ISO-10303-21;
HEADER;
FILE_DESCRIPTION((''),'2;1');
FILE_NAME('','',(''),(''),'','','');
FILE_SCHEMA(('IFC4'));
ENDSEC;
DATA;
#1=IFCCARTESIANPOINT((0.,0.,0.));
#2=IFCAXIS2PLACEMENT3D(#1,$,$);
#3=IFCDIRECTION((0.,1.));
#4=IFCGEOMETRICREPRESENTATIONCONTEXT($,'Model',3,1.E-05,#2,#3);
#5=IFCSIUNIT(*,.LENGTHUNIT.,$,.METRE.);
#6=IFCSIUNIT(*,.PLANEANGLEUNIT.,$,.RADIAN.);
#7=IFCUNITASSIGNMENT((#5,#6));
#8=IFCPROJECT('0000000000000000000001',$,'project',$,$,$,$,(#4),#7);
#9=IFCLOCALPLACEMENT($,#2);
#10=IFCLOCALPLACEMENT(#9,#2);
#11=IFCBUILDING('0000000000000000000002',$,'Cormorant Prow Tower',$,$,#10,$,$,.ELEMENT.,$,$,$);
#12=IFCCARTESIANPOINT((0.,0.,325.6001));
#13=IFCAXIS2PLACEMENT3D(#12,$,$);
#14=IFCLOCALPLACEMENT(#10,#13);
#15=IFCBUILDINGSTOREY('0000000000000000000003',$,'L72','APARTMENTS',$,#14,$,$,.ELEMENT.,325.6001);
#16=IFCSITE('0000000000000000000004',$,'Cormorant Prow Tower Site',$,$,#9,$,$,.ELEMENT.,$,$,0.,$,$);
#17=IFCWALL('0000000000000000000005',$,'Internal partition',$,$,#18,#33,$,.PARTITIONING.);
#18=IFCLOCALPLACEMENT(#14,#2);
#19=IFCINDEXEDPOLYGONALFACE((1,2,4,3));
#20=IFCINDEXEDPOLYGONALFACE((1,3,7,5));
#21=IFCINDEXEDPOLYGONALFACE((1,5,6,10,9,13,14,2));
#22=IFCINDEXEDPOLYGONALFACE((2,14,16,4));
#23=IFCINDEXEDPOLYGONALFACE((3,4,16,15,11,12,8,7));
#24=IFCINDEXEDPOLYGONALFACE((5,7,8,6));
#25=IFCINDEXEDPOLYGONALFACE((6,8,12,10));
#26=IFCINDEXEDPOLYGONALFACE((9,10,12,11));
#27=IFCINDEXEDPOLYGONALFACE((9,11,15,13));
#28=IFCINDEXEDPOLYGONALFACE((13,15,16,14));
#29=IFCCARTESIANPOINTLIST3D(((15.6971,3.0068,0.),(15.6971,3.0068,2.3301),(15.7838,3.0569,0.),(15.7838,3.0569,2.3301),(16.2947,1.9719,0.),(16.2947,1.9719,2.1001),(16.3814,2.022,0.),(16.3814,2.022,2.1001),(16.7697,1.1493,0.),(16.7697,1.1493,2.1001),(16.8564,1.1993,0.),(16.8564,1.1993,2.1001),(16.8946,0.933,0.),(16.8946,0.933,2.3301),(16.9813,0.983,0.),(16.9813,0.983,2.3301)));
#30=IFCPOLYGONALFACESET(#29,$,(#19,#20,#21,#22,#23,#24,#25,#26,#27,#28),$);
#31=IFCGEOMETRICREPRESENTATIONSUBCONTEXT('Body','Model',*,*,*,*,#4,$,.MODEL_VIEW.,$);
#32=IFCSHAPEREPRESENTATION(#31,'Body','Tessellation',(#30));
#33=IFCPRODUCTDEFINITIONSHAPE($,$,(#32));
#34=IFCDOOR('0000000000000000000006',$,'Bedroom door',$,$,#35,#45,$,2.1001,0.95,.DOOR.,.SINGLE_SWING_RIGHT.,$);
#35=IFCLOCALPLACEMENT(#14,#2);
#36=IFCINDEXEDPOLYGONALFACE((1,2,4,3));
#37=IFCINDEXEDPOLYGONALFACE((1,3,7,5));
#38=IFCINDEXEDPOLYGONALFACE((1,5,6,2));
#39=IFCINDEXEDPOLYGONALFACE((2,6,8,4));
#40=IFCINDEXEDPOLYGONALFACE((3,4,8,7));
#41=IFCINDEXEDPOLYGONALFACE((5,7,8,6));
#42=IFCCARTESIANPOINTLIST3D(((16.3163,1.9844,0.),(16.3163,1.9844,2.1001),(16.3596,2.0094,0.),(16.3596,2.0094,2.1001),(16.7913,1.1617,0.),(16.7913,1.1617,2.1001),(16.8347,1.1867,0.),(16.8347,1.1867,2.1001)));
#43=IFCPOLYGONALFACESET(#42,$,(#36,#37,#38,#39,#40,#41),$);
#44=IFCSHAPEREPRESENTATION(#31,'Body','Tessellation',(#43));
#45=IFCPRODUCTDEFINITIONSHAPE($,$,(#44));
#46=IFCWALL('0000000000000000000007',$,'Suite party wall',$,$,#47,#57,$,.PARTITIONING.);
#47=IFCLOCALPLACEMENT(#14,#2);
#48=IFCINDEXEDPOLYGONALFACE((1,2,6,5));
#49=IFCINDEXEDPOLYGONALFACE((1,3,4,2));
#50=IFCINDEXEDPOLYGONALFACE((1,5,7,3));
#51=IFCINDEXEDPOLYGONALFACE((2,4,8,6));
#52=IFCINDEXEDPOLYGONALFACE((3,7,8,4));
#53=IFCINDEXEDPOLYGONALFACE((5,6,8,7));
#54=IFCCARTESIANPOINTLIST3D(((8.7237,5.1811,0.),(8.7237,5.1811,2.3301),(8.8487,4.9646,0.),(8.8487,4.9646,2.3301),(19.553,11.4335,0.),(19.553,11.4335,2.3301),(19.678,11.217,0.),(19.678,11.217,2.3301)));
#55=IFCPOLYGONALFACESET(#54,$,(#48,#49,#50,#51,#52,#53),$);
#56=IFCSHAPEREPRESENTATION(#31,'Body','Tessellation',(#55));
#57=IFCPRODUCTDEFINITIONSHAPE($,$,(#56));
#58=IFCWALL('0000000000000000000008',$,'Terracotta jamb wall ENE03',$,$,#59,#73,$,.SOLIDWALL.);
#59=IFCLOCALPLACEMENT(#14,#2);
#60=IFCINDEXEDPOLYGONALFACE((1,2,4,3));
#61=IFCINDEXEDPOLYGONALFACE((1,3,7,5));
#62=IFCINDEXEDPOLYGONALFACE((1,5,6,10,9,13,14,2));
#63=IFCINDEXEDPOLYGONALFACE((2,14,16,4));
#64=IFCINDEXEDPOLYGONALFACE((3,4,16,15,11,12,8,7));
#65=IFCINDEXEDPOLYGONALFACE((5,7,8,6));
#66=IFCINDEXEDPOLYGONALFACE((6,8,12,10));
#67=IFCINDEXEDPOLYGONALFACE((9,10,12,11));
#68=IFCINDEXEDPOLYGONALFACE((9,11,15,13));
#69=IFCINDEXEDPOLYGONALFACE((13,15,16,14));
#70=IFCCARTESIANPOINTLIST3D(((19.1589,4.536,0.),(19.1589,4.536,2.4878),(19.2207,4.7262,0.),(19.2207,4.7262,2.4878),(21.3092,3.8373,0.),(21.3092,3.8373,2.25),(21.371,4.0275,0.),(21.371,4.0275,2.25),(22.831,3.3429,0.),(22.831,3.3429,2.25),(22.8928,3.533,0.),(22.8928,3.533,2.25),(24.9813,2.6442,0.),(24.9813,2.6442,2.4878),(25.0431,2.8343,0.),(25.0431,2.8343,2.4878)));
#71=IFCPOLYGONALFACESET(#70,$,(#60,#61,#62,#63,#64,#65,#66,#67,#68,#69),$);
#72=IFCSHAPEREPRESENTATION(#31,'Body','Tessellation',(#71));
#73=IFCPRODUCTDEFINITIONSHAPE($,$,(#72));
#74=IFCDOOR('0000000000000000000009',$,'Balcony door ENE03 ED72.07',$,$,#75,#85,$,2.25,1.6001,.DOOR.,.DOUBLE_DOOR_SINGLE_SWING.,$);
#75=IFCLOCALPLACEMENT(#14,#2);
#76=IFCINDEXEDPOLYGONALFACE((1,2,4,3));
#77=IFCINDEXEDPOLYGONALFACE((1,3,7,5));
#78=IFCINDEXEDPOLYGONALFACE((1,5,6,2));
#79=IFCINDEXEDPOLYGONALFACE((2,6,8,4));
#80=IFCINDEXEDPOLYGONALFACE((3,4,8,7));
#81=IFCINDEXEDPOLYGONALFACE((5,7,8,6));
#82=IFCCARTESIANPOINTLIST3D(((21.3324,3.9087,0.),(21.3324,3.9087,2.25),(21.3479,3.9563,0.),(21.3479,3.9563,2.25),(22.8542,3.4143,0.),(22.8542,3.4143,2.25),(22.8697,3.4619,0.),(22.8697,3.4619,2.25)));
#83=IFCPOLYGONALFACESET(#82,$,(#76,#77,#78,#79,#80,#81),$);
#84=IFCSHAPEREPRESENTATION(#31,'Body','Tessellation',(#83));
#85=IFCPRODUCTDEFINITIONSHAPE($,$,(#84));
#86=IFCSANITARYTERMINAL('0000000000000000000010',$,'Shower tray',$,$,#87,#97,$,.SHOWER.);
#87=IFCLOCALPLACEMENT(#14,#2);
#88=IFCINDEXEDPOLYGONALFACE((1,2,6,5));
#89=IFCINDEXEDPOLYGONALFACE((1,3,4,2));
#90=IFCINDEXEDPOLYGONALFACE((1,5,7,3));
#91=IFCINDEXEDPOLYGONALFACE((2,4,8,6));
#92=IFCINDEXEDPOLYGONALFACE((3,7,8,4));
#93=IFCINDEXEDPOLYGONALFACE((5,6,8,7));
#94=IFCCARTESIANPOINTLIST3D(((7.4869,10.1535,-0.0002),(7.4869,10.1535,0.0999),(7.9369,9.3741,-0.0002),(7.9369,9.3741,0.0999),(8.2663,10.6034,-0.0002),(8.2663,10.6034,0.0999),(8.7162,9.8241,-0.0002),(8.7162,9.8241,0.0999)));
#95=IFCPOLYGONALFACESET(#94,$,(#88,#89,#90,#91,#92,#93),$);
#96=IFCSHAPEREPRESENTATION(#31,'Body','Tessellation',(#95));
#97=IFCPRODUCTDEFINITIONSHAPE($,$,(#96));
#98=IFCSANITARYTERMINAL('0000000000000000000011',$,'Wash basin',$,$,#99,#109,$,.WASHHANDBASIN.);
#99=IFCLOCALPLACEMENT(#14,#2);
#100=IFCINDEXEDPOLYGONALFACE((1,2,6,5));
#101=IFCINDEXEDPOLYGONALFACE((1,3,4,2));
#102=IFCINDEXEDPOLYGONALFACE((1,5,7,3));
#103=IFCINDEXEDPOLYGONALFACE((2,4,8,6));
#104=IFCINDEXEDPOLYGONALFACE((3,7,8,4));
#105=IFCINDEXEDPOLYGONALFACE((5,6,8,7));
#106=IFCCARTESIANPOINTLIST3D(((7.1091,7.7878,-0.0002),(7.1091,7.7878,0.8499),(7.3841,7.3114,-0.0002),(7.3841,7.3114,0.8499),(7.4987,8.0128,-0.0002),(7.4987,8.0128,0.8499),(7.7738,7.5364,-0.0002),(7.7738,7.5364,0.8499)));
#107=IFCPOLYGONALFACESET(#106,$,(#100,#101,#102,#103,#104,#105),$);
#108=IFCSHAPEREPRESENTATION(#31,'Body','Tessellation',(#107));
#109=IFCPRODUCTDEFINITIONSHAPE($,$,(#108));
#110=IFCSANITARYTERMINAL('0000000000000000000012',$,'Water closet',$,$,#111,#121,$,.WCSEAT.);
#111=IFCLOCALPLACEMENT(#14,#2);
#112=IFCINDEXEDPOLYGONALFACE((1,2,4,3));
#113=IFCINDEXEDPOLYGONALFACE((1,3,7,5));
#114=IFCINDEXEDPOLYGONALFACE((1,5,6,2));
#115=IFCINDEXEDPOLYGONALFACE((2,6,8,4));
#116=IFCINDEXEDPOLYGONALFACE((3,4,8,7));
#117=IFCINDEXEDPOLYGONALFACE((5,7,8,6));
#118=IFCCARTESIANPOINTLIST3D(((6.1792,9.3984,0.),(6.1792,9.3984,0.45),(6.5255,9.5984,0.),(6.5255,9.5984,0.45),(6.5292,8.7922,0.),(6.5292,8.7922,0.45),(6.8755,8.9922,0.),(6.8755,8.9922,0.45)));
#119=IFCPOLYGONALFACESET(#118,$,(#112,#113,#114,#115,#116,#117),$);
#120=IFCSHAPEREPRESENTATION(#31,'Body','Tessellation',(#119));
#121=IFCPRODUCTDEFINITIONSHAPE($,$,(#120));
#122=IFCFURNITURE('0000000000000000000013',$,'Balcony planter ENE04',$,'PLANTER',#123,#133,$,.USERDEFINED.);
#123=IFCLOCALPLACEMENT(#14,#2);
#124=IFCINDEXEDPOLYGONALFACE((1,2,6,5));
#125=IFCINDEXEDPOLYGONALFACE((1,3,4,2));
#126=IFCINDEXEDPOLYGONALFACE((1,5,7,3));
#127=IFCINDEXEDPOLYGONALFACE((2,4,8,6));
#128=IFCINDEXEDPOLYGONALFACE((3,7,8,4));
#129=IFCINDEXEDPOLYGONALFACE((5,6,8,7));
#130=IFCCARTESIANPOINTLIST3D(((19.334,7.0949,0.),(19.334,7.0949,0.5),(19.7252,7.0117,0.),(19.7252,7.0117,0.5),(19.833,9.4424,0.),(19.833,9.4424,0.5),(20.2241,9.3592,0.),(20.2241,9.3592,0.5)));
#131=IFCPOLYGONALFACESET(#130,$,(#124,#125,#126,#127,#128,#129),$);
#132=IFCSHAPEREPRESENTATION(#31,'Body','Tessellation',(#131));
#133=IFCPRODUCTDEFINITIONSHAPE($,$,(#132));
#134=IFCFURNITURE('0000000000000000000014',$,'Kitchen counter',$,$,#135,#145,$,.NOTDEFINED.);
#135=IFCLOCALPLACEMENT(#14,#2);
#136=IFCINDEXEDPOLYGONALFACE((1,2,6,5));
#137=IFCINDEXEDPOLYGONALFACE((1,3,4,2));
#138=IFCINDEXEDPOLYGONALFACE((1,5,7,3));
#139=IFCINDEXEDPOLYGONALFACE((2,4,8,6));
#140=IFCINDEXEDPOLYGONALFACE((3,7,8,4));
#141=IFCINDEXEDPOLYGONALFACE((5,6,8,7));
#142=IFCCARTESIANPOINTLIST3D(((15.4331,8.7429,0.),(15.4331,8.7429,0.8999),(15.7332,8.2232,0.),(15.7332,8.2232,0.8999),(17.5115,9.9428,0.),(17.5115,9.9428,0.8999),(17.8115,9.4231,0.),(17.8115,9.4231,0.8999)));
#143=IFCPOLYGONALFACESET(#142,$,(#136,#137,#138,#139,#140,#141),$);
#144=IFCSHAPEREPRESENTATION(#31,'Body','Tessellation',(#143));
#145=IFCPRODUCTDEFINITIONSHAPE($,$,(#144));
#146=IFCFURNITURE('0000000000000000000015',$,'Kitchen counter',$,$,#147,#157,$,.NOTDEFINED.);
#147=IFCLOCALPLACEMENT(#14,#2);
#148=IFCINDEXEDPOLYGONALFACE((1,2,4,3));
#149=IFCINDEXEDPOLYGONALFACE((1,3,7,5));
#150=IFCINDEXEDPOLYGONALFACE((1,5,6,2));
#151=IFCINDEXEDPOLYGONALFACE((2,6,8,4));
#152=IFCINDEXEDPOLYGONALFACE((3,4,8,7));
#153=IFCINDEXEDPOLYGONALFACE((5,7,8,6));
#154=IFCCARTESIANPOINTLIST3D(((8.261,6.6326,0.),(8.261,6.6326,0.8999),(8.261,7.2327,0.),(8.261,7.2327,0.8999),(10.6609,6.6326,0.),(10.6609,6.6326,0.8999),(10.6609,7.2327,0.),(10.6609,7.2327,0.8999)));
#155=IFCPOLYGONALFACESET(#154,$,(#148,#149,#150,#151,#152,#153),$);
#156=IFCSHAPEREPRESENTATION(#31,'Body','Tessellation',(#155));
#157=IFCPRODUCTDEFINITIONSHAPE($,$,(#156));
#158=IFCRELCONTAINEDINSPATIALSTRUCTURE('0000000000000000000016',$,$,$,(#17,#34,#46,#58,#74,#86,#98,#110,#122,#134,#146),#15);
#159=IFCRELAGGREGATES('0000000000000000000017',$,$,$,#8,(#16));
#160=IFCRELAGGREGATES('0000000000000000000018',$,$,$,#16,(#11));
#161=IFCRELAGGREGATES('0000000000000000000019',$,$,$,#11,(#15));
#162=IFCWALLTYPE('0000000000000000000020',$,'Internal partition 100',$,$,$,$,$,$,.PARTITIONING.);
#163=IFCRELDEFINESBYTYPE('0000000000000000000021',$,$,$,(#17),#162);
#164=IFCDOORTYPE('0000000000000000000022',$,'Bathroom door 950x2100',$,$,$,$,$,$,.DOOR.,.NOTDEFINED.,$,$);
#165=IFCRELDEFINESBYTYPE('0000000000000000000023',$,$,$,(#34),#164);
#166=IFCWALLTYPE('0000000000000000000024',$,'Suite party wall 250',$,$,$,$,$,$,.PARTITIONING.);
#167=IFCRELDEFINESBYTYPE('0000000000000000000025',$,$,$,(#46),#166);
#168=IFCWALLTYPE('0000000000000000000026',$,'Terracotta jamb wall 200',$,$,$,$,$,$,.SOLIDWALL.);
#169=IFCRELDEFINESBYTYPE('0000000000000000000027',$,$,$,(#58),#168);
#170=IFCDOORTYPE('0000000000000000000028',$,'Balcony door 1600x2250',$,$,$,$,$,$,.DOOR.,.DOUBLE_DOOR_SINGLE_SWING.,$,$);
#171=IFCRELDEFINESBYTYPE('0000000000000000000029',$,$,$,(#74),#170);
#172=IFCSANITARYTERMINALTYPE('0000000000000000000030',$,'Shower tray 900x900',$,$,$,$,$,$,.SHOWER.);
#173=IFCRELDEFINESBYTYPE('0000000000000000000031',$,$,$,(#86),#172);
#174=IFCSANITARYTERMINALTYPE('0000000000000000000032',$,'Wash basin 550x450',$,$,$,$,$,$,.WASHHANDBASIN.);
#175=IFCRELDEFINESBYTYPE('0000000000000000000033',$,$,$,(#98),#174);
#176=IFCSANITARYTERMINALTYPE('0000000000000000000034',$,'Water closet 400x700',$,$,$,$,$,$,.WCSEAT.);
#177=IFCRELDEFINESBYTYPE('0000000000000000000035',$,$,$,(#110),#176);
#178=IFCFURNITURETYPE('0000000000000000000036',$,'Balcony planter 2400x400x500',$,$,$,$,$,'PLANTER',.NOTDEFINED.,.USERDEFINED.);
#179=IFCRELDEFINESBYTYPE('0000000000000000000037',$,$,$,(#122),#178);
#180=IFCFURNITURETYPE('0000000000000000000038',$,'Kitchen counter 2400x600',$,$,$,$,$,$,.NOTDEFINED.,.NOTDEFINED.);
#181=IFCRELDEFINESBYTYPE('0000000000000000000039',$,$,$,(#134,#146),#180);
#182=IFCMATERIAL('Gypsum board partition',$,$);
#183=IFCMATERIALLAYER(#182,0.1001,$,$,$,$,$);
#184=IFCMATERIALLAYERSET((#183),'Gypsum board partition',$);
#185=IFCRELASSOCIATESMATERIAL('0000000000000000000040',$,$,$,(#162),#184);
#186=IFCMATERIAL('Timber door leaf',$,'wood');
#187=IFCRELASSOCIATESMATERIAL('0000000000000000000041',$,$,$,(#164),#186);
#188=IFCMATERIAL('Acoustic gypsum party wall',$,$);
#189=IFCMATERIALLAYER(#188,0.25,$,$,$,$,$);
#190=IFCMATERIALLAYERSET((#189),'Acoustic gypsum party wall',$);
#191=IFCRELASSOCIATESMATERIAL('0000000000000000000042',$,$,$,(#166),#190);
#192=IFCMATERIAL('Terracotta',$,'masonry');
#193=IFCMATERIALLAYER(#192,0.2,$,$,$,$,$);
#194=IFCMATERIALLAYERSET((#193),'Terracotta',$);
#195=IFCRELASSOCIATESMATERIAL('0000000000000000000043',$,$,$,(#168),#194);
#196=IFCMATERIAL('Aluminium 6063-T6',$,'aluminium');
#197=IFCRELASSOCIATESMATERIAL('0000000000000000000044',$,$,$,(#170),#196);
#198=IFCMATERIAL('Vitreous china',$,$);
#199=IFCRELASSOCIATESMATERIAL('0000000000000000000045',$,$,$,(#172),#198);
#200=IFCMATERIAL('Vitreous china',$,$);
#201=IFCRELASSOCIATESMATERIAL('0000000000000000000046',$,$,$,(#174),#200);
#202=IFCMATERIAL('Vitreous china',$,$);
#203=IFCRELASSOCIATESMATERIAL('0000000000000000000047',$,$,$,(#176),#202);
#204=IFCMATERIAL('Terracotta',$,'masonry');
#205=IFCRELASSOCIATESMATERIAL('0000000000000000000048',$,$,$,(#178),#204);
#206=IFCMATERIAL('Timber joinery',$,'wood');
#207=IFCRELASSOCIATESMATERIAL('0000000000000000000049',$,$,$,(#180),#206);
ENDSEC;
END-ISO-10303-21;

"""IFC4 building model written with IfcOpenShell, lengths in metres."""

from ifc_helpers import new_model, si_unit, direction, frame, frame_2d, origin, origin_2d, place, context, subcontext, project, spatial, rectangle, extrude, material, layer, layer_set, type_object, element, fill, save


model = new_model("IFC4")

# Units and contexts
model_context = context("Model", 3, precision=1e-05, world=origin(), true_north=direction((0.0, 1.0)))
body_context = subcontext(model_context, "Body", "Model", "MODEL_VIEW")
ifc_project = project(units=[si_unit("LENGTHUNIT", "METRE"), si_unit("PLANEANGLEUNIT", "RADIAN")], contexts=[model_context])

# Site, building, storey
site_placement = place(None, origin())
site = spatial("IfcSite", under=ifc_project, at=site_placement, Name="Cormorant Prow Tower Site", CompositionType="ELEMENT", RefElevation=0.0)
building_placement = place(site_placement, origin())
building = spatial("IfcBuilding", under=site, at=building_placement, Name="Cormorant Prow Tower", CompositionType="ELEMENT")
storey_placement = place(building_placement, frame((0.0, 0.0, 325.6001)))
storey = spatial("IfcBuildingStorey", under=building, at=storey_placement, Name="L72", Description="APARTMENTS", CompositionType="ELEMENT", Elevation=325.6001)

# Shared definitions
ifc_material_1 = material(Name="Gypsum board partition")
ifc_layer_1 = layer(ifc_material_1, 0.1001)
ifc_layer_set_1 = layer_set([ifc_layer_1], Name="Gypsum board partition")
wall_type_1 = type_object("IfcWallType", Name="Internal partition 100", PredefinedType="PARTITIONING", material=ifc_layer_set_1)
ifc_material_2 = material(Name="Timber door leaf", Category="wood")
door_type_1 = type_object("IfcDoorType", Name="Bathroom door 950x2100", OperationType="NOTDEFINED", PredefinedType="DOOR", material=ifc_material_2)

# Wall, opening, door
wall_1_placement = place(storey_placement, frame((15.7405, 3.0317, 0.0), z_axis=(0.0, 0.0, 1.0), x_axis=(0.500075, -0.865982, 0.0)))
wall_1 = element("IfcWall", 1, at=wall_1_placement, inside=storey, type_object=wall_type_1, Name="Internal partition", PredefinedType="PARTITIONING", context=body_context, shape_type="SweptSolid", body=[
    extrude(rectangle(XDim=2.3948, YDim=0.1001, at=frame_2d((1.1973, 0.0))), origin(), (0.0, 0.0, 1.0), 2.3301),
])
opening_1_placement = place(wall_1_placement, frame((1.1948, 0.0, 0.0)))
opening_1 = element("IfcOpeningElement", 2, at=opening_1_placement, cuts=wall_1, PredefinedType="OPENING", context=body_context, shape_type="SweptSolid", body=[
    extrude(rectangle(XDim=0.95, YDim=2.1001, at=frame_2d((0.4751, 1.05))), frame((0.0, 0.0601, 0.0), z_axis=(0.0, -1.0, 0.0), x_axis=(1.0, 0.0, 0.0)), (0.0, 0.0, 1.0), 0.1201),
])
door_1_placement = place(opening_1_placement, origin())
door_1 = element("IfcDoor", 3, at=door_1_placement, inside=storey, type_object=door_type_1, Name="Bedroom door", OperationType="SINGLE_SWING_RIGHT", OverallHeight=2.1001, OverallWidth=0.95, PredefinedType="DOOR", context=body_context, shape_type="SweptSolid", body=[
    extrude(rectangle(XDim=0.95, YDim=2.1001, at=frame_2d((0.4751, 1.05))), frame((0.0, 0.0249, 0.0), z_axis=(0.0, -1.0, 0.0), x_axis=(1.0, 0.0, 0.0)), (0.0, 0.0, 1.0), 0.05),
])
fill(opening_1, door_1)

# Wall
ifc_material_3 = material(Name="Acoustic gypsum party wall")
ifc_layer_2 = layer(ifc_material_3, 0.25)
ifc_layer_set_2 = layer_set([ifc_layer_2], Name="Acoustic gypsum party wall")
wall_type_2 = type_object("IfcWallType", Name="Suite party wall 250", PredefinedType="PARTITIONING", material=ifc_layer_set_2)
wall_2_placement = place(storey_placement, frame((8.7861, 5.0728, 0.0), z_axis=(0.0, 0.0, 1.0), x_axis=(0.866021, 0.500007, 0.0)))
element("IfcWall", 4, at=wall_2_placement, inside=storey, type_object=wall_type_2, Name="Suite party wall", PredefinedType="PARTITIONING", context=body_context, shape_type="SweptSolid", body=[
    extrude(rectangle(XDim=12.5046, YDim=0.25, at=frame_2d((6.2524, 0.0))), origin(), (0.0, 0.0, 1.0), 2.3301),
])

# Wall, opening, door
ifc_material_4 = material(Name="Terracotta", Category="masonry")
ifc_layer_3 = layer(ifc_material_4, 0.2)
ifc_layer_set_3 = layer_set([ifc_layer_3], Name="Terracotta")
wall_type_3 = type_object("IfcWallType", Name="Terracotta jamb wall 200", PredefinedType="SOLIDWALL", material=ifc_layer_set_3)
wall_3_placement = place(storey_placement, frame((25.0122, 2.7393, 0.0), z_axis=(0.0, 0.0, 1.0), x_axis=(-0.951057, 0.309017, 0.0)))
wall_3 = element("IfcWall", 5, at=wall_3_placement, inside=storey, type_object=wall_type_3, Name="Terracotta jamb wall ENE03", PredefinedType="SOLIDWALL", context=body_context, shape_type="SweptSolid", body=[
    extrude(rectangle(XDim=6.1221, YDim=0.2, at=frame_2d((3.061, 0.0))), origin(), (0.0, 0.0, 1.0), 2.4878),
])
opening_2_placement = place(wall_3_placement, frame((2.261, 0.0, 0.0)))
opening_2 = element("IfcOpeningElement", 6, at=opening_2_placement, cuts=wall_3, PredefinedType="OPENING", context=body_context, shape_type="SweptSolid", body=[
    extrude(rectangle(XDim=1.6001, YDim=2.25, at=frame_2d((0.8, 1.125))), frame((0.0, 0.1099, 0.0), z_axis=(0.0, -1.0, 0.0), x_axis=(1.0, 0.0, 0.0)), (0.0, 0.0, 1.0), 0.22),
])
ifc_material_5 = material(Name="Aluminium 6063-T6", Category="aluminium")
door_type_2 = type_object("IfcDoorType", Name="Balcony door 1600x2250", OperationType="DOUBLE_DOOR_SINGLE_SWING", PredefinedType="DOOR", material=ifc_material_5)
door_2_placement = place(opening_2_placement, origin())
door_2 = element("IfcDoor", 7, at=door_2_placement, inside=storey, type_object=door_type_2, Name="Balcony door ENE03 ED72.07", OperationType="DOUBLE_DOOR_SINGLE_SWING", OverallHeight=2.25, OverallWidth=1.6001, PredefinedType="DOOR", context=body_context, shape_type="SweptSolid", body=[
    extrude(rectangle(XDim=1.6001, YDim=2.25, at=frame_2d((0.8, 1.125))), frame((0.0, 0.0249, 0.0), z_axis=(0.0, -1.0, 0.0), x_axis=(1.0, 0.0, 0.0)), (0.0, 0.0, 1.0), 0.05),
])
fill(opening_2, door_2)

# Sanitary terminals
ifc_material_6 = material(Name="Vitreous china")
sanitary_terminal_type_1 = type_object("IfcSanitaryTerminalType", Name="Shower tray 900x900", PredefinedType="SHOWER", material=ifc_material_6)
sanitary_terminal_1_placement = place(storey_placement, frame((8.1016, 9.9888, -0.0002), z_axis=(0.0, 0.0, 1.0), x_axis=(0.5, -0.866025, 0.0)))
element("IfcSanitaryTerminal", 8, at=sanitary_terminal_1_placement, inside=storey, type_object=sanitary_terminal_type_1, Name="Shower tray", PredefinedType="SHOWER", context=body_context, shape_type="SweptSolid", body=[
    extrude(rectangle(XDim=0.8999, YDim=0.8999, at=origin_2d()), origin(), (0.0, 0.0, 1.0), 0.1001),
])
ifc_material_7 = material(Name="Vitreous china")
sanitary_terminal_type_2 = type_object("IfcSanitaryTerminalType", Name="Wash basin 550x450", PredefinedType="WASHHANDBASIN", material=ifc_material_7)
sanitary_terminal_2_placement = place(storey_placement, frame((7.4414, 7.6621, -0.0002), z_axis=(0.0, 0.0, 1.0), x_axis=(-0.5, 0.866025, 0.0)))
element("IfcSanitaryTerminal", 9, at=sanitary_terminal_2_placement, inside=storey, type_object=sanitary_terminal_type_2, Name="Wash basin", PredefinedType="WASHHANDBASIN", context=body_context, shape_type="SweptSolid", body=[
    extrude(rectangle(XDim=0.55, YDim=0.45, at=origin_2d()), origin(), (0.0, 0.0, 1.0), 0.8501),
])
ifc_material_8 = material(Name="Vitreous china")
sanitary_terminal_type_3 = type_object("IfcSanitaryTerminalType", Name="Water closet 400x700", PredefinedType="WCSEAT", material=ifc_material_8)
sanitary_terminal_3_placement = place(storey_placement, frame((6.5273, 9.1953, 0.0), z_axis=(0.0, 0.0, 1.0), x_axis=(0.866025, 0.5, 0.0)))
element("IfcSanitaryTerminal", 10, at=sanitary_terminal_3_placement, inside=storey, type_object=sanitary_terminal_type_3, Name="Water closet", PredefinedType="WCSEAT", context=body_context, shape_type="SweptSolid", body=[
    extrude(rectangle(XDim=0.3999, YDim=0.7, at=origin_2d()), origin(), (0.0, 0.0, 1.0), 0.45),
])

# Furniture
ifc_material_9 = material(Name="Terracotta", Category="masonry")
furniture_type_1 = type_object("IfcFurnitureType", Name="Balcony planter 2400x400x500", ElementType="PLANTER", AssemblyPlace="NOTDEFINED", PredefinedType="USERDEFINED", material=ifc_material_9)
furniture_placement = place(storey_placement, frame((19.7791, 8.2271, 0.0), z_axis=(0.0, 0.0, 1.0), x_axis=(0.207912, 0.978148, 0.0)))
element("IfcFurniture", 11, at=furniture_placement, inside=storey, type_object=furniture_type_1, Name="Balcony planter ENE04", ObjectType="PLANTER", PredefinedType="USERDEFINED", context=body_context, shape_type="SweptSolid", body=[
    extrude(rectangle(XDim=2.3999, YDim=0.3999, at=origin_2d()), origin(), (0.0, 0.0, 1.0), 0.5),
])
ifc_material_10 = material(Name="Timber joinery", Category="wood")
furniture_type_2 = type_object("IfcFurnitureType", Name="Kitchen counter 2400x600", AssemblyPlace="NOTDEFINED", PredefinedType="NOTDEFINED", material=ifc_material_10)
for number, where, z_axis, x_axis, name in (
    (12, (16.6223, 9.083, 0.0), (0.0, 0.0, 1.0), (0.866025, 0.5, 0.0), "Kitchen counter"),
    (13, (9.4609, 6.9326, 0.0), (0.0, 0.0, 1.0), (1.0, 0.0, 0.0), "Kitchen counter"),
):
    element("IfcFurniture", number, at=place(storey_placement, frame(where, z_axis=z_axis, x_axis=x_axis)), inside=storey, type_object=furniture_type_2, Name=name, PredefinedType="NOTDEFINED", context=body_context, shape_type="SweptSolid", body=[
        extrude(rectangle(XDim=2.3999, YDim=0.6001, at=origin_2d()), origin(), (0.0, 0.0, 1.0), 0.8999),
    ])

save(model, "model.ifc")
